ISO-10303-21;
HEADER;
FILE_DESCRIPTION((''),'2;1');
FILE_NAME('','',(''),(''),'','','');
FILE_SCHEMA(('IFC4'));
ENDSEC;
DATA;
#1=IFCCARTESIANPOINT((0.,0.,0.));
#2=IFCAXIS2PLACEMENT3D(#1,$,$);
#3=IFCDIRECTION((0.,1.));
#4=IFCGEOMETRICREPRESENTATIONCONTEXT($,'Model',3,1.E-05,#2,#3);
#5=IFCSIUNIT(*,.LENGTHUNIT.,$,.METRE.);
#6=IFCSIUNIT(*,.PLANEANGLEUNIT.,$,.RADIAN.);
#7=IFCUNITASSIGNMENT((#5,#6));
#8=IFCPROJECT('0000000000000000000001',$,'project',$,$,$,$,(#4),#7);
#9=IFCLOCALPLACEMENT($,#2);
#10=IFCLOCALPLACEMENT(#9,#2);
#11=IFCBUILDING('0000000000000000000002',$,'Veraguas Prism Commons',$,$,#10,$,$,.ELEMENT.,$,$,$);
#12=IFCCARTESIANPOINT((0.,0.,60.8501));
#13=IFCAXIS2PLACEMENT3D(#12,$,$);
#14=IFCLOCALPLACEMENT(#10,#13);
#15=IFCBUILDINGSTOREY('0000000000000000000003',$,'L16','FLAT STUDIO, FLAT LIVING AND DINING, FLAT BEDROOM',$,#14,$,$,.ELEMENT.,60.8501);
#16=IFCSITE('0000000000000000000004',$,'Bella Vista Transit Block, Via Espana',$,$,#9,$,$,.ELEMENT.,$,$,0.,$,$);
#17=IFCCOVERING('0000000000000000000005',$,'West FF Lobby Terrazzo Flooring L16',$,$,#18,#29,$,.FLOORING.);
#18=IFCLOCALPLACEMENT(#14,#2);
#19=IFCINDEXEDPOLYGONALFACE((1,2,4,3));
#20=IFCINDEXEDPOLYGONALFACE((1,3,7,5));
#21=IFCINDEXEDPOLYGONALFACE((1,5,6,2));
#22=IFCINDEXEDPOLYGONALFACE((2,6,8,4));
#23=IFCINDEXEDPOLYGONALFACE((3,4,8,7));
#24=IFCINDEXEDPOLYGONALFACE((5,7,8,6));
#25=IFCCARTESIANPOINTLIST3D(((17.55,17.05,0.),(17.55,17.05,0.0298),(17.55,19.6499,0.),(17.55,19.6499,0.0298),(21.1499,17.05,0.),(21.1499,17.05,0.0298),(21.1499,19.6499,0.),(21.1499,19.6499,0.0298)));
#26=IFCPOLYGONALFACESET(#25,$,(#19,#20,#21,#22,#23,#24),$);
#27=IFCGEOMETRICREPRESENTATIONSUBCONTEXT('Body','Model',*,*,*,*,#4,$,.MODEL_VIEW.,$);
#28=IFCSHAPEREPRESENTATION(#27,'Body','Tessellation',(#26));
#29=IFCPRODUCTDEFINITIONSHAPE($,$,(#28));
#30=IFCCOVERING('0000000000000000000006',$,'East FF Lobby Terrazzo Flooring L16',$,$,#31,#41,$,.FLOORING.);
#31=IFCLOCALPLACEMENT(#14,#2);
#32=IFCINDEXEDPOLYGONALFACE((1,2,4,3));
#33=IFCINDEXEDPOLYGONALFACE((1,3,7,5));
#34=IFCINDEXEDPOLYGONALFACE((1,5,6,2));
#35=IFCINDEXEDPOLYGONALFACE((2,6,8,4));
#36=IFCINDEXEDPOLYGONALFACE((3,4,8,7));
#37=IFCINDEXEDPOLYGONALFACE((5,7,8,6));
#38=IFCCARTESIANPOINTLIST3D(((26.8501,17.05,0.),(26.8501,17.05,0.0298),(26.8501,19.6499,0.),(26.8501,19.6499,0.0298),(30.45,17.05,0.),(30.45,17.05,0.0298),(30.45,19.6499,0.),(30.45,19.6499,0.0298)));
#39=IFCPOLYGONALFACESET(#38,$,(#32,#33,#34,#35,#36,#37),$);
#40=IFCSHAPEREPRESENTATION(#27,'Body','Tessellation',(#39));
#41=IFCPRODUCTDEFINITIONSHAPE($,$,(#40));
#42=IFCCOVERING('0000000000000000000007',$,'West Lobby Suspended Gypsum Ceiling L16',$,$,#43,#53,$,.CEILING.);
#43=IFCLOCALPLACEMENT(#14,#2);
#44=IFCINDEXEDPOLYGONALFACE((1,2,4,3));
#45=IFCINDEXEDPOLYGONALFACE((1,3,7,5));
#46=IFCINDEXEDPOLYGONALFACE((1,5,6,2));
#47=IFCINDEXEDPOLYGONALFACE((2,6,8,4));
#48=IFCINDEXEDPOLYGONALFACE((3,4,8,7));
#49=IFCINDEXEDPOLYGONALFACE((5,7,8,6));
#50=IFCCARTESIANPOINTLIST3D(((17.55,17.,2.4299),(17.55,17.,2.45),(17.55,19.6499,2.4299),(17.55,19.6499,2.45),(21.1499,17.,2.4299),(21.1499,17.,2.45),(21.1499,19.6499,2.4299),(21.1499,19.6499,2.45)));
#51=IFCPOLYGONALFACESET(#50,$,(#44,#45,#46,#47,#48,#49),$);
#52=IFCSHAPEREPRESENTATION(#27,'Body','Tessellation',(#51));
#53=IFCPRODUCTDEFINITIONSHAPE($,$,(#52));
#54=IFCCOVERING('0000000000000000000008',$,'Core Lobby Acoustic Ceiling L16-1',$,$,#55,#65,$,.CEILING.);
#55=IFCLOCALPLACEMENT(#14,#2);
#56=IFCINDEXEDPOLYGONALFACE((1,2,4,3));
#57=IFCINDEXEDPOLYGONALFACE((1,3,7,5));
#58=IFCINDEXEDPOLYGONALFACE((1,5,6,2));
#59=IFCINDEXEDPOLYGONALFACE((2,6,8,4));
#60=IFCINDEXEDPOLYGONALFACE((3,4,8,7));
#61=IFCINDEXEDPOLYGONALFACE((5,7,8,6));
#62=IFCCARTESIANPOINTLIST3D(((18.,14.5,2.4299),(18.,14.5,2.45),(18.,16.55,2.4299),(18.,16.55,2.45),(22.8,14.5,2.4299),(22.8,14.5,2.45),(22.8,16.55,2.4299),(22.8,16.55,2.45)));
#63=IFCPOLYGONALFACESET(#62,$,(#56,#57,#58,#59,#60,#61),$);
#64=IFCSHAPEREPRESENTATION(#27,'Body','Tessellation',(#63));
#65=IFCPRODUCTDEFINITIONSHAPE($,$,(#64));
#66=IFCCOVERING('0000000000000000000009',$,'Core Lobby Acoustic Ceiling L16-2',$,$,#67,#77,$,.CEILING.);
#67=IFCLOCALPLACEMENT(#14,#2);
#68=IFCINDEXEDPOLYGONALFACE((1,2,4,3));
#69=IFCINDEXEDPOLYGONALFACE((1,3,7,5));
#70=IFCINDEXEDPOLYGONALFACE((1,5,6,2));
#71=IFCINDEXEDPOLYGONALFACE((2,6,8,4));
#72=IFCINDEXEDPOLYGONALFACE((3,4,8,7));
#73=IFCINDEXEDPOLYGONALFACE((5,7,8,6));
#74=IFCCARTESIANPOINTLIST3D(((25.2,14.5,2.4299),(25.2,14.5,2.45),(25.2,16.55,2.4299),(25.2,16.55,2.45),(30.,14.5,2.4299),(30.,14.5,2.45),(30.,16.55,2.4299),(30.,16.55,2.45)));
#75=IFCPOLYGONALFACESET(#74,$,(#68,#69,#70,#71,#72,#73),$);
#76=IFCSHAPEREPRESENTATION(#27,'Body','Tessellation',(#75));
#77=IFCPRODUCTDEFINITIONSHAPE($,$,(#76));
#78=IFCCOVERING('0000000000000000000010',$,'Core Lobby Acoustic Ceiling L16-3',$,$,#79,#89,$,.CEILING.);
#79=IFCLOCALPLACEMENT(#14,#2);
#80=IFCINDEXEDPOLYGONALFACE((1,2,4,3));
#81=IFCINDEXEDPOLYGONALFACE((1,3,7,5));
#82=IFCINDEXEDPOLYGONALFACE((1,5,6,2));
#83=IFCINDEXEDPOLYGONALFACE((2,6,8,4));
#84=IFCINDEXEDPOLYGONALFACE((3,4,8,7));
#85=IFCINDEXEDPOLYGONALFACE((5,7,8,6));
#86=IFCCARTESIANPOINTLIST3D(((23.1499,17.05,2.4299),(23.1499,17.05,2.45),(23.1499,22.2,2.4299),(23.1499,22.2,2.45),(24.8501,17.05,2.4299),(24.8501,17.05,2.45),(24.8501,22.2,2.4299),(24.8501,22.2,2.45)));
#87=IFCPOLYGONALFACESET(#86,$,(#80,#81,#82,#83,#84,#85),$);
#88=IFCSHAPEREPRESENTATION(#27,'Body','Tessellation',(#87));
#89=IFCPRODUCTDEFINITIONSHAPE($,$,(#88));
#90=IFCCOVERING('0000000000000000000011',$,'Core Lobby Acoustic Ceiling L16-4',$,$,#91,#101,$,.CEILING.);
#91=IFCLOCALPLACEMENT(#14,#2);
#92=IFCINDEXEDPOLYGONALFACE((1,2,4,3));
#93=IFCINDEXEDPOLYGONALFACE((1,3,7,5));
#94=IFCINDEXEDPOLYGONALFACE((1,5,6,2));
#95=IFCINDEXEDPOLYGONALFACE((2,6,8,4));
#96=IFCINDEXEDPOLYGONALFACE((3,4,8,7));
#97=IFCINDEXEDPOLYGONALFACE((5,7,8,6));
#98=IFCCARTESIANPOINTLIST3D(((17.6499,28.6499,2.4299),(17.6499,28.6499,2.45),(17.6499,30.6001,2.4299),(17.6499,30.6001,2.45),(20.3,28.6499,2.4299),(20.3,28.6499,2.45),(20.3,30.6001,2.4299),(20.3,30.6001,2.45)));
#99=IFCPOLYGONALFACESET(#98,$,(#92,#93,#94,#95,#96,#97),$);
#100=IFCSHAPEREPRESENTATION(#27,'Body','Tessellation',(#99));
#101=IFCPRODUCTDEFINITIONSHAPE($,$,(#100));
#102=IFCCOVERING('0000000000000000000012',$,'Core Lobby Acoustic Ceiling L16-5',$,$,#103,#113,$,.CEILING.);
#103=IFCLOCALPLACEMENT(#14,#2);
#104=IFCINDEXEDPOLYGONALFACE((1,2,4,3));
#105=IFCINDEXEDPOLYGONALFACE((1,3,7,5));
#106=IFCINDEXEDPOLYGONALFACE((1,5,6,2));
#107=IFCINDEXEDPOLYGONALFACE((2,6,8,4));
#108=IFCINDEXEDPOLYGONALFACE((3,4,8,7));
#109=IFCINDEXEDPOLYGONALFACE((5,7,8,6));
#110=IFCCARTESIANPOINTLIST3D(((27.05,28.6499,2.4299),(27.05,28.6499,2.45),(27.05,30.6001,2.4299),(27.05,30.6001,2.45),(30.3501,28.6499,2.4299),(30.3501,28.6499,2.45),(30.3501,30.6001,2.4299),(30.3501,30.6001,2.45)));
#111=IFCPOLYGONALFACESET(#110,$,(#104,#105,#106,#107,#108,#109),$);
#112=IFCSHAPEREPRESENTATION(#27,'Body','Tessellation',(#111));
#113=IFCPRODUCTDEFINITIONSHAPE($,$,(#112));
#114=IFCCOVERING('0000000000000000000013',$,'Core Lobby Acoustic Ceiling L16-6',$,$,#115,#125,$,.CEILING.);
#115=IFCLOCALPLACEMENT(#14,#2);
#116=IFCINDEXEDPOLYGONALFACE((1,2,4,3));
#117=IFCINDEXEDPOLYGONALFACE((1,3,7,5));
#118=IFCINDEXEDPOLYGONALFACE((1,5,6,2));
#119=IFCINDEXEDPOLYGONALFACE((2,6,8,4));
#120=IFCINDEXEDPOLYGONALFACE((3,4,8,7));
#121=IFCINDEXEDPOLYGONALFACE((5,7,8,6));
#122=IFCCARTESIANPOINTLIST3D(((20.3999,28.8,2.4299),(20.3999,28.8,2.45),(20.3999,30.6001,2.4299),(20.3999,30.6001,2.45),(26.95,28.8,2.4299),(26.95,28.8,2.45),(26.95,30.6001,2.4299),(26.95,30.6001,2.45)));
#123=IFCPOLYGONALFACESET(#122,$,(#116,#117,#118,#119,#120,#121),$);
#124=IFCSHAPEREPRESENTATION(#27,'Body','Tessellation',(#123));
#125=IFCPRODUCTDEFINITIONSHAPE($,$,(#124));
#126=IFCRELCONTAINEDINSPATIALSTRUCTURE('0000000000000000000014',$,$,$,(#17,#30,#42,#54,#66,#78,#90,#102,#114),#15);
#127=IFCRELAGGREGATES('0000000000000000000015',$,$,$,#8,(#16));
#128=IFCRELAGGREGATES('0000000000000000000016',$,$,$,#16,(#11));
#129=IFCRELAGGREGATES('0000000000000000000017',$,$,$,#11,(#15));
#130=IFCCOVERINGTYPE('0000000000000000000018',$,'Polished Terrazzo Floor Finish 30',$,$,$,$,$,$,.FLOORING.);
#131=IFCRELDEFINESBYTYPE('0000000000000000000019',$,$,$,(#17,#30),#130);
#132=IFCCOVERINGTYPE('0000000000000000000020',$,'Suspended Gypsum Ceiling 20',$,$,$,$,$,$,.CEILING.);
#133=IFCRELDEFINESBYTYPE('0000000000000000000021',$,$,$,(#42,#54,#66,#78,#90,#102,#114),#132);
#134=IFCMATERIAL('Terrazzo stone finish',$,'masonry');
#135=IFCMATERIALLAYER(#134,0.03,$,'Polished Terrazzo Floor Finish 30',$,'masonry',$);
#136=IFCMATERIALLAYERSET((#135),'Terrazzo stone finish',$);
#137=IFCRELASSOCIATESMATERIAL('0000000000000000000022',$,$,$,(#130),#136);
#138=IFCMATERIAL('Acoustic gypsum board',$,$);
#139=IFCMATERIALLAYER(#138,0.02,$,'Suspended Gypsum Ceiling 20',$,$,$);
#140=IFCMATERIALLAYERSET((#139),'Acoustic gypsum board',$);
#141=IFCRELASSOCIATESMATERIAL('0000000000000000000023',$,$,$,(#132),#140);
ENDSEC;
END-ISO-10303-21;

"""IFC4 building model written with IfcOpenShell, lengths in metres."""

from ifc_helpers import new_model, si_unit, direction, frame, origin, place, context, subcontext, project, spatial, polyline, outline, extrude, material, layer, layer_set, type_object, element, save


model = new_model("IFC4")

# Units and contexts
model_context = context("Model", 3, precision=1e-05, world=origin(), true_north=direction((0.0, 1.0)))
body_context = subcontext(model_context, "Body", "Model", "MODEL_VIEW")
ifc_project = project(units=[si_unit("LENGTHUNIT", "METRE"), si_unit("PLANEANGLEUNIT", "RADIAN")], contexts=[model_context])

# Site, building, storey
site_placement = place(None, origin())
site = spatial("IfcSite", under=ifc_project, at=site_placement, Name="Bella Vista Transit Block, Via Espana", CompositionType="ELEMENT", RefElevation=0.0)
building_placement = place(site_placement, origin())
building = spatial("IfcBuilding", under=site, at=building_placement, Name="Veraguas Prism Commons", CompositionType="ELEMENT")
storey_placement = place(building_placement, frame((0.0, 0.0, 60.8501)))
storey = spatial("IfcBuildingStorey", under=building, at=storey_placement, Name="L16", Description="FLAT STUDIO, FLAT LIVING AND DINING, FLAT BEDROOM", CompositionType="ELEMENT", Elevation=60.8501)

# Coverings
ifc_material_1 = material(Name="Acoustic gypsum board")
ifc_material_2 = material(Name="Terrazzo stone finish", Category="masonry")
ifc_layer_1 = layer(ifc_material_2, 0.03, Name="Polished Terrazzo Floor Finish 30", Category="masonry")
ifc_layer_set_1 = layer_set([ifc_layer_1], Name="Terrazzo stone finish")
covering_type_1 = type_object("IfcCoveringType", Name="Polished Terrazzo Floor Finish 30", PredefinedType="FLOORING", material=ifc_layer_set_1)
covering_1_placement = place(storey_placement, origin())
element("IfcCovering", 1, at=covering_1_placement, inside=storey, type_object=covering_type_1, Name="West FF Lobby Terrazzo Flooring L16", PredefinedType="FLOORING", context=body_context, shape_type="SweptSolid", body=[
    extrude(outline(polyline([(17.55, 17.05), (21.1499, 17.05), (21.1499, 19.6499), (17.55, 19.6499), (17.55, 17.05)])), origin(), (0.0, 0.0, 1.0), 0.0298),
])
covering_2_placement = place(storey_placement, origin())
element("IfcCovering", 2, at=covering_2_placement, inside=storey, type_object=covering_type_1, Name="East FF Lobby Terrazzo Flooring L16", PredefinedType="FLOORING", context=body_context, shape_type="SweptSolid", body=[
    extrude(outline(polyline([(26.8501, 17.05), (30.45, 17.05), (30.45, 19.6499), (26.8501, 19.6499), (26.8501, 17.05)])), origin(), (0.0, 0.0, 1.0), 0.0298),
])
ifc_layer_2 = layer(ifc_material_1, 0.02, Name="Suspended Gypsum Ceiling 20")
ifc_layer_set_2 = layer_set([ifc_layer_2], Name="Acoustic gypsum board")
covering_type_2 = type_object("IfcCoveringType", Name="Suspended Gypsum Ceiling 20", PredefinedType="CEILING", material=ifc_layer_set_2)
covering_3_placement = place(storey_placement, frame((0.0, 0.0, 2.4299)))
element("IfcCovering", 3, at=covering_3_placement, inside=storey, type_object=covering_type_2, Name="West Lobby Suspended Gypsum Ceiling L16", PredefinedType="CEILING", context=body_context, shape_type="SweptSolid", body=[
    extrude(outline(polyline([(17.55, 17.0), (21.1499, 17.0), (21.1499, 19.6499), (17.55, 19.6499), (17.55, 17.0)])), origin(), (0.0, 0.0, 1.0), 0.02),
])
covering_4_placement = place(storey_placement, frame((0.0, 0.0, 2.4299)))
element("IfcCovering", 4, at=covering_4_placement, inside=storey, type_object=covering_type_2, Name="Core Lobby Acoustic Ceiling L16-1", PredefinedType="CEILING", context=body_context, shape_type="SweptSolid", body=[
    extrude(outline(polyline([(18.0, 14.5), (22.8, 14.5), (22.8, 16.55), (18.0, 16.55), (18.0, 14.5)])), origin(), (0.0, 0.0, 1.0), 0.02),
])
covering_5_placement = place(storey_placement, frame((0.0, 0.0, 2.4299)))
element("IfcCovering", 5, at=covering_5_placement, inside=storey, type_object=covering_type_2, Name="Core Lobby Acoustic Ceiling L16-2", PredefinedType="CEILING", context=body_context, shape_type="SweptSolid", body=[
    extrude(outline(polyline([(25.2, 14.5), (30.0, 14.5), (30.0, 16.55), (25.2, 16.55), (25.2, 14.5)])), origin(), (0.0, 0.0, 1.0), 0.02),
])
covering_6_placement = place(storey_placement, frame((0.0, 0.0, 2.4299)))
element("IfcCovering", 6, at=covering_6_placement, inside=storey, type_object=covering_type_2, Name="Core Lobby Acoustic Ceiling L16-3", PredefinedType="CEILING", context=body_context, shape_type="SweptSolid", body=[
    extrude(outline(polyline([(23.1499, 17.05), (24.8501, 17.05), (24.8501, 22.2), (23.1499, 22.2), (23.1499, 17.05)])), origin(), (0.0, 0.0, 1.0), 0.02),
])
covering_7_placement = place(storey_placement, frame((0.0, 0.0, 2.4299)))
element("IfcCovering", 7, at=covering_7_placement, inside=storey, type_object=covering_type_2, Name="Core Lobby Acoustic Ceiling L16-4", PredefinedType="CEILING", context=body_context, shape_type="SweptSolid", body=[
    extrude(outline(polyline([(17.6499, 28.6499), (20.3, 28.6499), (20.3, 30.6001), (17.6499, 30.6001), (17.6499, 28.6499)])), origin(), (0.0, 0.0, 1.0), 0.02),
])
covering_8_placement = place(storey_placement, frame((0.0, 0.0, 2.4299)))
element("IfcCovering", 8, at=covering_8_placement, inside=storey, type_object=covering_type_2, Name="Core Lobby Acoustic Ceiling L16-5", PredefinedType="CEILING", context=body_context, shape_type="SweptSolid", body=[
    extrude(outline(polyline([(27.05, 28.6499), (30.3501, 28.6499), (30.3501, 30.6001), (27.05, 30.6001), (27.05, 28.6499)])), origin(), (0.0, 0.0, 1.0), 0.02),
])
covering_9_placement = place(storey_placement, frame((0.0, 0.0, 2.4299)))
element("IfcCovering", 9, at=covering_9_placement, inside=storey, type_object=covering_type_2, Name="Core Lobby Acoustic Ceiling L16-6", PredefinedType="CEILING", context=body_context, shape_type="SweptSolid", body=[
    extrude(outline(polyline([(20.3999, 28.8), (26.95, 28.8), (26.95, 30.6001), (20.3999, 30.6001), (20.3999, 28.8)])), origin(), (0.0, 0.0, 1.0), 0.02),
])

save(model, "model.ifc")
